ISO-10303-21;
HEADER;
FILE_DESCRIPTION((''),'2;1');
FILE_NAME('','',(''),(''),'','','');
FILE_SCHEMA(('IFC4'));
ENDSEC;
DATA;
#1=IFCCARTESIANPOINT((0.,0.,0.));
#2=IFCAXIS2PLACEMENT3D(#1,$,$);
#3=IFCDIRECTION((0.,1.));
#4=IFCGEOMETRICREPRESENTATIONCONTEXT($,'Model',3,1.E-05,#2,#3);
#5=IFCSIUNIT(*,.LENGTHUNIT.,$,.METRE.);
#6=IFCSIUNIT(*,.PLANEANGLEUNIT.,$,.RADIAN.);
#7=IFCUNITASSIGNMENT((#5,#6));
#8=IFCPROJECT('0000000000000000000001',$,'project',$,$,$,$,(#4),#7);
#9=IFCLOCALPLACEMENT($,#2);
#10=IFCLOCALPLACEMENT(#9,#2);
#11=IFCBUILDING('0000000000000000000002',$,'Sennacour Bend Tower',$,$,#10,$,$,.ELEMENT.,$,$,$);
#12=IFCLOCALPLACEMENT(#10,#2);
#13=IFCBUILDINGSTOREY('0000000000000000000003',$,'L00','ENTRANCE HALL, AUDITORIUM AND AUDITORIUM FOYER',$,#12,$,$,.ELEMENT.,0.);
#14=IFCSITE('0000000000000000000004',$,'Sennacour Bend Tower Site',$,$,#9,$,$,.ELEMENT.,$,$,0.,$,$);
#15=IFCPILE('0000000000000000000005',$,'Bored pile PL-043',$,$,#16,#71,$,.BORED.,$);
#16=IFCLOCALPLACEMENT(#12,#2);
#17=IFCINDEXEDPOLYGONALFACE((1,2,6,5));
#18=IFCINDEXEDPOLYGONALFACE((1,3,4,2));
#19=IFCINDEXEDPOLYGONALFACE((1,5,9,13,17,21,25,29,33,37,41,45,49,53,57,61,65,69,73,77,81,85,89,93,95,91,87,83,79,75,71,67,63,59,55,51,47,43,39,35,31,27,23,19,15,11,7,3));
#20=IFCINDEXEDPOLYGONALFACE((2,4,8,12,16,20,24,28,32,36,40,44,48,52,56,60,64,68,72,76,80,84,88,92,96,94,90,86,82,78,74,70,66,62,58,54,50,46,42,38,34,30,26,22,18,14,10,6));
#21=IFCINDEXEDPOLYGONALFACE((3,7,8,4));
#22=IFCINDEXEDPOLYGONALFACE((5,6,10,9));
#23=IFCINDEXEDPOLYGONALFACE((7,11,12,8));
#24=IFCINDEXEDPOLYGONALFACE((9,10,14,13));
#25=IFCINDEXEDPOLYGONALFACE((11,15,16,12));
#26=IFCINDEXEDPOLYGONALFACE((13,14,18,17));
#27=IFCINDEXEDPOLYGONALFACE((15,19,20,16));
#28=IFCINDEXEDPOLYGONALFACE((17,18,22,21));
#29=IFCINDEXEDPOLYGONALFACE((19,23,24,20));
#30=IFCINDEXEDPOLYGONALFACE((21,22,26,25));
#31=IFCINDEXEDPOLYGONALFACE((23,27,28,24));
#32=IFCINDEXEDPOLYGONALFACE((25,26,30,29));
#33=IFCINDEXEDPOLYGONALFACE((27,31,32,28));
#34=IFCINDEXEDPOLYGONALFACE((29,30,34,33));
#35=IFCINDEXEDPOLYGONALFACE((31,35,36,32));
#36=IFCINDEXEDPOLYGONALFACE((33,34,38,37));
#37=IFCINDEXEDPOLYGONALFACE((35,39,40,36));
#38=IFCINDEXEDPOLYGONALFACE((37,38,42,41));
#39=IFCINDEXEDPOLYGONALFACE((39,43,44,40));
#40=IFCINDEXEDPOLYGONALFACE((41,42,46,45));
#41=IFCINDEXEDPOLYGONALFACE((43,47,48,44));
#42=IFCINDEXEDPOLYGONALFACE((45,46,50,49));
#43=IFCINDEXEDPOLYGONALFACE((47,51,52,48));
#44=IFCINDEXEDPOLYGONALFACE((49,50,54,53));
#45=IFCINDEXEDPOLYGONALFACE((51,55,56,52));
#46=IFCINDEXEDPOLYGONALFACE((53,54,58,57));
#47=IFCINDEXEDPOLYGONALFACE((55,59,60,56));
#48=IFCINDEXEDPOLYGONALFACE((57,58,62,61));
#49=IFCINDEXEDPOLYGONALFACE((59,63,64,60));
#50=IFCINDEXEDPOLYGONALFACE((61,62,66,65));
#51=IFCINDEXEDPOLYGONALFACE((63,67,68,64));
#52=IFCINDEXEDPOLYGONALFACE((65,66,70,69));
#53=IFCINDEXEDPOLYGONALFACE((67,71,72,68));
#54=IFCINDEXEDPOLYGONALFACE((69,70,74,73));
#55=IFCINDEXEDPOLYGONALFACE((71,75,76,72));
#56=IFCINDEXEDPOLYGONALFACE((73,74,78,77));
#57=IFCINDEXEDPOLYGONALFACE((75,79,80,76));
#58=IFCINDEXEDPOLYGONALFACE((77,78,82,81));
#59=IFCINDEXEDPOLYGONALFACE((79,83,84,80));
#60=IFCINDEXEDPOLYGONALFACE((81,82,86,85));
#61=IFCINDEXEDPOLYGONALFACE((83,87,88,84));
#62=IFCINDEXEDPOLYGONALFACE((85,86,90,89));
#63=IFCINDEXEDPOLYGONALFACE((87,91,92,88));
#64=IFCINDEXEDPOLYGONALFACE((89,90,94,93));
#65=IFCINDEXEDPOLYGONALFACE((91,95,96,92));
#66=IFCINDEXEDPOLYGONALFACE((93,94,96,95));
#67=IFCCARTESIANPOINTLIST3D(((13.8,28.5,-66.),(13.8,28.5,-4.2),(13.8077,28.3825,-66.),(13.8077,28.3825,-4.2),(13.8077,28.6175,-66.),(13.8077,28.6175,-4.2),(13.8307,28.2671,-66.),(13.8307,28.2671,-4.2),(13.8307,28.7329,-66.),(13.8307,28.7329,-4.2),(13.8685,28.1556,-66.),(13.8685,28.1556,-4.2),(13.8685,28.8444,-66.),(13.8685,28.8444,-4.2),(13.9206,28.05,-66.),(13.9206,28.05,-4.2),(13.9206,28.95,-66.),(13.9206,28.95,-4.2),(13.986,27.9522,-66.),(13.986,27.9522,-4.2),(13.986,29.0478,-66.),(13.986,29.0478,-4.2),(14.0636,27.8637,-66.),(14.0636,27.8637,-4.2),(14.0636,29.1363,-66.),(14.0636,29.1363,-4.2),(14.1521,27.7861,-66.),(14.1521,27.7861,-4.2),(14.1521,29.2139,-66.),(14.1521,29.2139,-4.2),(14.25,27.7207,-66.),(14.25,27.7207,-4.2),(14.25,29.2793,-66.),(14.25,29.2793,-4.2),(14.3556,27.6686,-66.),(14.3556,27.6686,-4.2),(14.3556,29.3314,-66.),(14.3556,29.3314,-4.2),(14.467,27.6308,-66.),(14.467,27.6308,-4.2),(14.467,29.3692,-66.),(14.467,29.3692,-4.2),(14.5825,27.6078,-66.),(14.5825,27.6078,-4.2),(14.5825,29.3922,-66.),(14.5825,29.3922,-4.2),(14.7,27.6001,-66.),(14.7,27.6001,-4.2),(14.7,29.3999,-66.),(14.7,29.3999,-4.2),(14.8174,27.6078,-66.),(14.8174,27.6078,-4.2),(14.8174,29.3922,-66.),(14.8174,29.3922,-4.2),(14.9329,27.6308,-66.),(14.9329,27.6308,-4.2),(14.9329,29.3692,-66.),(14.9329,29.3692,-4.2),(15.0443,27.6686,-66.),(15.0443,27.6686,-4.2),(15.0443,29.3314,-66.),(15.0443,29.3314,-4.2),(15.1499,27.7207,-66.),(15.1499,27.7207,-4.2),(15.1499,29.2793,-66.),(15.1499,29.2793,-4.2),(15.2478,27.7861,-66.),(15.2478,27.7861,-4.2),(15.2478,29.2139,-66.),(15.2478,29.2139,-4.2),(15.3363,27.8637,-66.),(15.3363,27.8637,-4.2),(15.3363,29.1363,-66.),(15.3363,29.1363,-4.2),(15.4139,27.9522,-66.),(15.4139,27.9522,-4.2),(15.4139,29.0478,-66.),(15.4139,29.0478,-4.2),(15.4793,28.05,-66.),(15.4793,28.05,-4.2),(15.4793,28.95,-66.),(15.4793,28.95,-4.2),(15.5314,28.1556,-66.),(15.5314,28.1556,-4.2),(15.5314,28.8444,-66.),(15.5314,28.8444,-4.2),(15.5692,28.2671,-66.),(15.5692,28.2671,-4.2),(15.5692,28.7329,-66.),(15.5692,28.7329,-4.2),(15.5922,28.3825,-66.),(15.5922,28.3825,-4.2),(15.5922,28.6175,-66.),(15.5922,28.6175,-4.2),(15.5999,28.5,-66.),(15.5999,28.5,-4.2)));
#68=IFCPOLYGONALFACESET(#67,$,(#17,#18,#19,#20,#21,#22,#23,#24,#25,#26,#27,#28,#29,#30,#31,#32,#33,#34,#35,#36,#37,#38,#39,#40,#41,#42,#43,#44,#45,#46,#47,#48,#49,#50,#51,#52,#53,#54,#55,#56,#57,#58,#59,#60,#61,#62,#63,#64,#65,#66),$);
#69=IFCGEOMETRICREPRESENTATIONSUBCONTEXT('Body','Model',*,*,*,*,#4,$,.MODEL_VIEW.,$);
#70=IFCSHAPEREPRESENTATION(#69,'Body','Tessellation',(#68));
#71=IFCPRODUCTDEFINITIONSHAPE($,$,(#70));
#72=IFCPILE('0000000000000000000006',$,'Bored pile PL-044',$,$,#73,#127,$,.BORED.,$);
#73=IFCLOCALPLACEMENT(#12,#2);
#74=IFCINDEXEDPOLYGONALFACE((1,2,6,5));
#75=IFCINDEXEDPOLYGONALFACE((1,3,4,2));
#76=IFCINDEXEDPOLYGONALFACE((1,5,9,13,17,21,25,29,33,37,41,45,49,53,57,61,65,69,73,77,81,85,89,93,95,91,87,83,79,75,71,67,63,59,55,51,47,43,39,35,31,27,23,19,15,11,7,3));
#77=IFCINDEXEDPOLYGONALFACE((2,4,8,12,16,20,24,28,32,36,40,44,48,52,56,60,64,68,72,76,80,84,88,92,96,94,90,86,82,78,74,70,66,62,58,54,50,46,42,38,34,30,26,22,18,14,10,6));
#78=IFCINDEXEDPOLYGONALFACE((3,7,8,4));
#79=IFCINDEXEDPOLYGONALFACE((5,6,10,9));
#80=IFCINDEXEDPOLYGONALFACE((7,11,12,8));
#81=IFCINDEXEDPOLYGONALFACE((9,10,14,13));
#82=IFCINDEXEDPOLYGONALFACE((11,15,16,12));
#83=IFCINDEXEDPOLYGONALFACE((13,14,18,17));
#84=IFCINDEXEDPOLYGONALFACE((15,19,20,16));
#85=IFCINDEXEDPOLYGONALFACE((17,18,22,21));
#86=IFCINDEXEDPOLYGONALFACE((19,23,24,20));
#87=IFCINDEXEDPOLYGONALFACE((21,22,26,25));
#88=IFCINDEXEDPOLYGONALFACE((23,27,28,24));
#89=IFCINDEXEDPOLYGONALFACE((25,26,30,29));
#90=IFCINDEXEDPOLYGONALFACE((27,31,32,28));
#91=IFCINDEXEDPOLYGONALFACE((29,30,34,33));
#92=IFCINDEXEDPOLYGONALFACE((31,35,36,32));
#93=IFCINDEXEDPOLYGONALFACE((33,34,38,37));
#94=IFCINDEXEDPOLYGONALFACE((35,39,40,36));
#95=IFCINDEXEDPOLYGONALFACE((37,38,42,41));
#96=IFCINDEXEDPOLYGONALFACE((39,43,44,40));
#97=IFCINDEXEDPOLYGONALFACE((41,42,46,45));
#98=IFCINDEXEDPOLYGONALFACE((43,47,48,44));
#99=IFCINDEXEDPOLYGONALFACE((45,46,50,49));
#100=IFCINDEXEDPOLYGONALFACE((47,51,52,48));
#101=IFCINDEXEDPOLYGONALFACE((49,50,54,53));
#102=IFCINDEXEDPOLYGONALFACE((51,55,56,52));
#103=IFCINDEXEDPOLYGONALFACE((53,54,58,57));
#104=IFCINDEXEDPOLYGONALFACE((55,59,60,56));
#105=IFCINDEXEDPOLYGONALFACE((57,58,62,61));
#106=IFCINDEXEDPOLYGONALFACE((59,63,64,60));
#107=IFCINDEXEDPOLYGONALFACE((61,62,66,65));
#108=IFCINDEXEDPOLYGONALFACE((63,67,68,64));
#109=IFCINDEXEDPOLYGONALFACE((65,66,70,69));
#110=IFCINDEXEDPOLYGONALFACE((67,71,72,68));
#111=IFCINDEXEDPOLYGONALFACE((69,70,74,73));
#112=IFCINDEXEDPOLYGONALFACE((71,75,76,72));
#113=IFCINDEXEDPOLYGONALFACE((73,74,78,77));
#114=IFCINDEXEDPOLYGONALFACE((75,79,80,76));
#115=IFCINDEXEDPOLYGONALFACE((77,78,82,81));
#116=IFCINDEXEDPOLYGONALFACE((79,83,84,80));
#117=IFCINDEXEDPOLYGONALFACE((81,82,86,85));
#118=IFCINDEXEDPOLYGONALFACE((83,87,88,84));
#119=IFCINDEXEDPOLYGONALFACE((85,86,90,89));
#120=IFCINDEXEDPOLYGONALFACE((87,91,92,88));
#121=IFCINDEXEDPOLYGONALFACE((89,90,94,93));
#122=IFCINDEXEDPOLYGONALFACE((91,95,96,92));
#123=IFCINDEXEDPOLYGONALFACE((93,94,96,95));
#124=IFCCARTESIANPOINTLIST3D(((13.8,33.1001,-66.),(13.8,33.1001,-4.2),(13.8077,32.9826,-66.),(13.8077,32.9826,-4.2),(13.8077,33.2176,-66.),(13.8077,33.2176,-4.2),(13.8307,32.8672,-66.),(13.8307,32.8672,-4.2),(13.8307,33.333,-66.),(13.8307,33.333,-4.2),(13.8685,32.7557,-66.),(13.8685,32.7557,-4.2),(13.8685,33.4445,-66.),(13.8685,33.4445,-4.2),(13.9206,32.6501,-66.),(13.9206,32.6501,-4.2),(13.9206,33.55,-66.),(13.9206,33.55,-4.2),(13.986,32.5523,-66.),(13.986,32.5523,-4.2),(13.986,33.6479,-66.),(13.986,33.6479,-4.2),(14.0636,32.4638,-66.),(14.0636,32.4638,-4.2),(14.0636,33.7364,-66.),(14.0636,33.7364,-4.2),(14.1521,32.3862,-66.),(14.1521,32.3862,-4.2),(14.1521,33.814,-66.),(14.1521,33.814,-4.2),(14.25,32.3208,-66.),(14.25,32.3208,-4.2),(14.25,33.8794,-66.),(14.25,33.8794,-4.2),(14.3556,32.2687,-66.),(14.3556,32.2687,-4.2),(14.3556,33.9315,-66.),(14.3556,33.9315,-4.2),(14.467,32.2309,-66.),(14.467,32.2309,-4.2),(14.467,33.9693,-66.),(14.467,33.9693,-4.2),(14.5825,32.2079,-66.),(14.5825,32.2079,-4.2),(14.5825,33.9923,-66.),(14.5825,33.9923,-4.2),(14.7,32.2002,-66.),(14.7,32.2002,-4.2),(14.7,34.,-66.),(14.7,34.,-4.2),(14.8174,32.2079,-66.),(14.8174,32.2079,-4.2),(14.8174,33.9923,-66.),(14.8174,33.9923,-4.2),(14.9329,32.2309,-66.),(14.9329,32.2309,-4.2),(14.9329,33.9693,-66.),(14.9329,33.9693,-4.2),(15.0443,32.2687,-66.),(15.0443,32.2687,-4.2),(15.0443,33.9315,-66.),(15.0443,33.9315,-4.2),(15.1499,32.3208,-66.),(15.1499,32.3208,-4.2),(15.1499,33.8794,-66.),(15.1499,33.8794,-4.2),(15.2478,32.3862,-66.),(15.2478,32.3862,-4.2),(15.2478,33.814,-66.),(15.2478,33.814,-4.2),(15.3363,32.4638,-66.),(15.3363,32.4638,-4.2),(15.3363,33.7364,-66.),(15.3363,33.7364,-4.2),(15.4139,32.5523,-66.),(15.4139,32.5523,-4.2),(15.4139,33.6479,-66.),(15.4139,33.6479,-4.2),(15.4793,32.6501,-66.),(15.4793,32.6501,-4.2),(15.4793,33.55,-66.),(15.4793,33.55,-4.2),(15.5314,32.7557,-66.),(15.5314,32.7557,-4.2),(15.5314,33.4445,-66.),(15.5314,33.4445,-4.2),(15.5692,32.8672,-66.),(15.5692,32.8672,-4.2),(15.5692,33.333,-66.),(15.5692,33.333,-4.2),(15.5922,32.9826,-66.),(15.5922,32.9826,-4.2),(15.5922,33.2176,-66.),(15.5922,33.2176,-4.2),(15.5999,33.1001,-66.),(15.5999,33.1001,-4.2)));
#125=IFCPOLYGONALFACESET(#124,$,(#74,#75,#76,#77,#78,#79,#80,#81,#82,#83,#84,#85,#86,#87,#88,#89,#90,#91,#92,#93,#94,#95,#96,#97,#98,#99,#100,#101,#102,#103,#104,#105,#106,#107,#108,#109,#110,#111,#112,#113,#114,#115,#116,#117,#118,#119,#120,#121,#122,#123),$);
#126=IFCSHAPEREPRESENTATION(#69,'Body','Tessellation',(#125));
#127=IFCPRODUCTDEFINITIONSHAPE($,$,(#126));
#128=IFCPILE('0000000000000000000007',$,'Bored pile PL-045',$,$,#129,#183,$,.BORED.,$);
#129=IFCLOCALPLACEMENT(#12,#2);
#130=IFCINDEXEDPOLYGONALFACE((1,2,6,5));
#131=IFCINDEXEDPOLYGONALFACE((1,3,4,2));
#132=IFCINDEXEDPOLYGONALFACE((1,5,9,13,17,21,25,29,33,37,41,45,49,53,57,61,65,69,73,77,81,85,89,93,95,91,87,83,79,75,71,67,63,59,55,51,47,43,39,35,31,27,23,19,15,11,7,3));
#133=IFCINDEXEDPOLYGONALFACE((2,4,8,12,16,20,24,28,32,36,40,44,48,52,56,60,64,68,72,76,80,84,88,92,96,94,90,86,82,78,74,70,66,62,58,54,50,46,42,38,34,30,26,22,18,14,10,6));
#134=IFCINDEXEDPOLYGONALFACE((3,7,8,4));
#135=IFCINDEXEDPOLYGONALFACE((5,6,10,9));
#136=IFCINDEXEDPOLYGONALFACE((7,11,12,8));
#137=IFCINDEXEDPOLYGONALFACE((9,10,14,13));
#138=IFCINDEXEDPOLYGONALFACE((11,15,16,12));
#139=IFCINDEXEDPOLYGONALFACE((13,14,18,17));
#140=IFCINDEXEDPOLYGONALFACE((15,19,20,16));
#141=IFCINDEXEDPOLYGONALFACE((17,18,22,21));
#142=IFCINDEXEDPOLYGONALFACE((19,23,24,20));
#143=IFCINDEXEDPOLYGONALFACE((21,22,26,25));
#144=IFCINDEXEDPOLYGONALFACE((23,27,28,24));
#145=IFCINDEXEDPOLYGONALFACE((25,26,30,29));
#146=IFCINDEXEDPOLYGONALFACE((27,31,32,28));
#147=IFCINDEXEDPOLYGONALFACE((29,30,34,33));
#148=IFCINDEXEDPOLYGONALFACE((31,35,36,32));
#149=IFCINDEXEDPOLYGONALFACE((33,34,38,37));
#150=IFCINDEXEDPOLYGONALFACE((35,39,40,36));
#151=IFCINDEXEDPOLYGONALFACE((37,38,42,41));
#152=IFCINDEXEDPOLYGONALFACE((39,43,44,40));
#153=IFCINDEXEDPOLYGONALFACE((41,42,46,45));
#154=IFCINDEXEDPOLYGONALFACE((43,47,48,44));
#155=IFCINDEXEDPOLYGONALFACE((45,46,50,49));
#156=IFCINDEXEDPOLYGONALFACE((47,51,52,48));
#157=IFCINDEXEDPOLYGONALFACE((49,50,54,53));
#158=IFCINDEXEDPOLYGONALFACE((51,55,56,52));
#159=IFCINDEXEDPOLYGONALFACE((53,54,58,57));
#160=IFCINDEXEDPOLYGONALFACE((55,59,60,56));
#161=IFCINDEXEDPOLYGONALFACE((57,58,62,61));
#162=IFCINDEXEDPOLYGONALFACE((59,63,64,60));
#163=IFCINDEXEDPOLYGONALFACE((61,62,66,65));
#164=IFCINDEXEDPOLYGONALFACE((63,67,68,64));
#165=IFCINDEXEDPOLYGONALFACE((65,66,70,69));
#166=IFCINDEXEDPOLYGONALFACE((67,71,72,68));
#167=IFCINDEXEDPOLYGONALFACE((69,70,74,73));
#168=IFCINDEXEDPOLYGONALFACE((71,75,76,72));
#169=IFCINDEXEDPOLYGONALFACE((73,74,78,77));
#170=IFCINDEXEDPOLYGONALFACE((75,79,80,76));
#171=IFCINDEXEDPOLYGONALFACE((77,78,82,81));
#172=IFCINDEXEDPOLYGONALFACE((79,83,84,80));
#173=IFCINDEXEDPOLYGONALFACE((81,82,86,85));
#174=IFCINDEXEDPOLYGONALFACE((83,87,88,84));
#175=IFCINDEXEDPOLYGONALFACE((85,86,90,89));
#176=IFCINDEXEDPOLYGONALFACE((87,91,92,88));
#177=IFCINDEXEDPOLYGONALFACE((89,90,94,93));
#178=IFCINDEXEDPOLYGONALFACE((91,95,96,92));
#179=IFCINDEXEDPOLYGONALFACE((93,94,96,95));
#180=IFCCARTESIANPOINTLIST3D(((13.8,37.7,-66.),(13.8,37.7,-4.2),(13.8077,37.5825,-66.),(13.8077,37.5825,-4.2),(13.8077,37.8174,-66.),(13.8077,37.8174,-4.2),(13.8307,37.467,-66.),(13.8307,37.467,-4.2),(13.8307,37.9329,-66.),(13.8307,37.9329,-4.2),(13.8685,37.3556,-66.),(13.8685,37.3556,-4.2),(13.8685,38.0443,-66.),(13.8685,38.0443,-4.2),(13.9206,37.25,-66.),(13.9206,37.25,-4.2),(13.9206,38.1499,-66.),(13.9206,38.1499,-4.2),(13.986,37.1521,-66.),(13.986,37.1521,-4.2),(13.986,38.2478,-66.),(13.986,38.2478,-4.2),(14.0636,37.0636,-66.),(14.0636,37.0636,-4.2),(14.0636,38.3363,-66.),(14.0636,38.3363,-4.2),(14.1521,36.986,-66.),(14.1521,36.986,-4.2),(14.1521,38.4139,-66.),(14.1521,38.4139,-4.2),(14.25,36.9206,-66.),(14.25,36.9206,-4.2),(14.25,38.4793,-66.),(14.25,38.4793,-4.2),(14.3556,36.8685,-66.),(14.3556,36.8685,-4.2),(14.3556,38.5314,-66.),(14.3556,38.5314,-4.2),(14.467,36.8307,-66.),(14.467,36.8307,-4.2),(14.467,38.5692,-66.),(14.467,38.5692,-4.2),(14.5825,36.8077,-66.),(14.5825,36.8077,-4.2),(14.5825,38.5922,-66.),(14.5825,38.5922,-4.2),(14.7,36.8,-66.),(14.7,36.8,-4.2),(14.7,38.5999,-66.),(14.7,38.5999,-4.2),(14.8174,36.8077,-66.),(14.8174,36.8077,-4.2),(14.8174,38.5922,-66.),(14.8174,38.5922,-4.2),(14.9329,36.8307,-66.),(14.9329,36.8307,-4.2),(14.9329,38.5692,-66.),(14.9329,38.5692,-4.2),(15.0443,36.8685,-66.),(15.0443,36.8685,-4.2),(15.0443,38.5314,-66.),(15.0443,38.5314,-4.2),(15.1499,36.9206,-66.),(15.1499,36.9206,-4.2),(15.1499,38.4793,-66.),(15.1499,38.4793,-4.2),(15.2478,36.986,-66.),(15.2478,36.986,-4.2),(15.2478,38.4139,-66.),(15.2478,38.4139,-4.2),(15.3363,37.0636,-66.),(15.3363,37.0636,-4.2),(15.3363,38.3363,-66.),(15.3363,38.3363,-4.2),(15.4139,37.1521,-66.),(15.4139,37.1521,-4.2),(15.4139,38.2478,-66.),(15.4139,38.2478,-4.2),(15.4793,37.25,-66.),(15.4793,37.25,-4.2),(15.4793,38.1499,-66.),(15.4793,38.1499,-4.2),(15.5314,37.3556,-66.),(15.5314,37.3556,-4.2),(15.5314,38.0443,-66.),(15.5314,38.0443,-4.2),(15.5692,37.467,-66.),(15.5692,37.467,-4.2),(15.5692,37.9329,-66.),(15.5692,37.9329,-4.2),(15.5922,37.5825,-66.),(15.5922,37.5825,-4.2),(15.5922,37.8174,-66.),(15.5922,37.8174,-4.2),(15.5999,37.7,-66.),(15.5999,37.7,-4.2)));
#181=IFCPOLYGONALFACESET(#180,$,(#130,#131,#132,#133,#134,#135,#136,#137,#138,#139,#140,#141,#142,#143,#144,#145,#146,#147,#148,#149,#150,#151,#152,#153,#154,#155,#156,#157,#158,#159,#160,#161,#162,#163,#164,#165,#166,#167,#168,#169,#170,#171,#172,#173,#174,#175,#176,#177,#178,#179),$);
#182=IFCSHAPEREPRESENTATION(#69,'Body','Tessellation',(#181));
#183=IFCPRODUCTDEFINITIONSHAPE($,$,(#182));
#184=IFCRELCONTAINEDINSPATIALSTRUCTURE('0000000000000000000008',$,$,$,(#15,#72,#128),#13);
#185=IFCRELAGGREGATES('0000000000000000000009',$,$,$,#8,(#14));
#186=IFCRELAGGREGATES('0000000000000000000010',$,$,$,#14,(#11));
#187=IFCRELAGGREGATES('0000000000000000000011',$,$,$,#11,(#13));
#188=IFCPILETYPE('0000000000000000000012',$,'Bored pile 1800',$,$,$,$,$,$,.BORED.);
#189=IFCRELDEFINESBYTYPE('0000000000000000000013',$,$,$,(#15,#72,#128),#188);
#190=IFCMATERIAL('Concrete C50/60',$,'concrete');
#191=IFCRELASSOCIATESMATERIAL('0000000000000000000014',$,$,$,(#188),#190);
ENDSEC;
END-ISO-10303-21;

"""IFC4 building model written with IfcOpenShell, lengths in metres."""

from ifc_helpers import new_model, si_unit, direction, frame, origin, origin_2d, place, context, subcontext, project, spatial, circle, extrude, material, material_profile, profile_set, type_object, element, save


model = new_model("IFC4")

# Units and contexts
model_context = context("Model", 3, precision=1e-05, world=origin(), true_north=direction((0.0, 1.0)))
body_context = subcontext(model_context, "Body", "Model", "MODEL_VIEW")
ifc_project = project(units=[si_unit("LENGTHUNIT", "METRE"), si_unit("PLANEANGLEUNIT", "RADIAN")], contexts=[model_context])

# Site, building, storey
site_placement = place(None, origin())
site = spatial("IfcSite", under=ifc_project, at=site_placement, Name="Sennacour Bend Tower Site", CompositionType="ELEMENT", RefElevation=0.0)
building_placement = place(site_placement, origin())
building = spatial("IfcBuilding", under=site, at=building_placement, Name="Sennacour Bend Tower", CompositionType="ELEMENT")
storey_placement = place(building_placement, origin())
storey = spatial("IfcBuildingStorey", under=building, at=storey_placement, Name="L00", Description="ENTRANCE HALL, AUDITORIUM AND AUDITORIUM FOYER", CompositionType="ELEMENT", Elevation=0.0)

# Piles
ifc_material_1 = material(Name="Concrete C50/60", Category="concrete")
ifc_material_profile_1 = material_profile(ifc_material_1, circle(Radius=0.8999, at=origin_2d()), Name="Concrete C50/60", Category="concrete")
ifc_profile_set_1 = profile_set([ifc_material_profile_1], Name="Concrete C50/60")
pile_type = type_object("IfcPileType", Name="Bored pile 1800", PredefinedType="BORED", material=ifc_profile_set_1)
for number, where, z_axis, x_axis, name in (
    (1, (14.7, 28.5, -4.2), (0.0, 0.0, -1.0), (1.0, 0.0, 0.0), "Bored pile PL-043"),
    (2, (14.7, 33.1001, -4.2), (0.0, 0.0, -1.0), (1.0, 0.0, 0.0), "Bored pile PL-044"),
    (3, (14.7, 37.7, -4.2), (0.0, 0.0, -1.0), (1.0, 0.0, 0.0), "Bored pile PL-045"),
):
    element("IfcPile", number, at=place(storey_placement, frame(where, z_axis=z_axis, x_axis=x_axis)), inside=storey, type_object=pile_type, Name=name, PredefinedType="BORED", context=body_context, shape_type="SweptSolid", body=[
        extrude(circle(Radius=0.8999, at=origin_2d()), origin(), (0.0, 0.0, 1.0), 61.8),
    ])

save(model, "model.ifc")
